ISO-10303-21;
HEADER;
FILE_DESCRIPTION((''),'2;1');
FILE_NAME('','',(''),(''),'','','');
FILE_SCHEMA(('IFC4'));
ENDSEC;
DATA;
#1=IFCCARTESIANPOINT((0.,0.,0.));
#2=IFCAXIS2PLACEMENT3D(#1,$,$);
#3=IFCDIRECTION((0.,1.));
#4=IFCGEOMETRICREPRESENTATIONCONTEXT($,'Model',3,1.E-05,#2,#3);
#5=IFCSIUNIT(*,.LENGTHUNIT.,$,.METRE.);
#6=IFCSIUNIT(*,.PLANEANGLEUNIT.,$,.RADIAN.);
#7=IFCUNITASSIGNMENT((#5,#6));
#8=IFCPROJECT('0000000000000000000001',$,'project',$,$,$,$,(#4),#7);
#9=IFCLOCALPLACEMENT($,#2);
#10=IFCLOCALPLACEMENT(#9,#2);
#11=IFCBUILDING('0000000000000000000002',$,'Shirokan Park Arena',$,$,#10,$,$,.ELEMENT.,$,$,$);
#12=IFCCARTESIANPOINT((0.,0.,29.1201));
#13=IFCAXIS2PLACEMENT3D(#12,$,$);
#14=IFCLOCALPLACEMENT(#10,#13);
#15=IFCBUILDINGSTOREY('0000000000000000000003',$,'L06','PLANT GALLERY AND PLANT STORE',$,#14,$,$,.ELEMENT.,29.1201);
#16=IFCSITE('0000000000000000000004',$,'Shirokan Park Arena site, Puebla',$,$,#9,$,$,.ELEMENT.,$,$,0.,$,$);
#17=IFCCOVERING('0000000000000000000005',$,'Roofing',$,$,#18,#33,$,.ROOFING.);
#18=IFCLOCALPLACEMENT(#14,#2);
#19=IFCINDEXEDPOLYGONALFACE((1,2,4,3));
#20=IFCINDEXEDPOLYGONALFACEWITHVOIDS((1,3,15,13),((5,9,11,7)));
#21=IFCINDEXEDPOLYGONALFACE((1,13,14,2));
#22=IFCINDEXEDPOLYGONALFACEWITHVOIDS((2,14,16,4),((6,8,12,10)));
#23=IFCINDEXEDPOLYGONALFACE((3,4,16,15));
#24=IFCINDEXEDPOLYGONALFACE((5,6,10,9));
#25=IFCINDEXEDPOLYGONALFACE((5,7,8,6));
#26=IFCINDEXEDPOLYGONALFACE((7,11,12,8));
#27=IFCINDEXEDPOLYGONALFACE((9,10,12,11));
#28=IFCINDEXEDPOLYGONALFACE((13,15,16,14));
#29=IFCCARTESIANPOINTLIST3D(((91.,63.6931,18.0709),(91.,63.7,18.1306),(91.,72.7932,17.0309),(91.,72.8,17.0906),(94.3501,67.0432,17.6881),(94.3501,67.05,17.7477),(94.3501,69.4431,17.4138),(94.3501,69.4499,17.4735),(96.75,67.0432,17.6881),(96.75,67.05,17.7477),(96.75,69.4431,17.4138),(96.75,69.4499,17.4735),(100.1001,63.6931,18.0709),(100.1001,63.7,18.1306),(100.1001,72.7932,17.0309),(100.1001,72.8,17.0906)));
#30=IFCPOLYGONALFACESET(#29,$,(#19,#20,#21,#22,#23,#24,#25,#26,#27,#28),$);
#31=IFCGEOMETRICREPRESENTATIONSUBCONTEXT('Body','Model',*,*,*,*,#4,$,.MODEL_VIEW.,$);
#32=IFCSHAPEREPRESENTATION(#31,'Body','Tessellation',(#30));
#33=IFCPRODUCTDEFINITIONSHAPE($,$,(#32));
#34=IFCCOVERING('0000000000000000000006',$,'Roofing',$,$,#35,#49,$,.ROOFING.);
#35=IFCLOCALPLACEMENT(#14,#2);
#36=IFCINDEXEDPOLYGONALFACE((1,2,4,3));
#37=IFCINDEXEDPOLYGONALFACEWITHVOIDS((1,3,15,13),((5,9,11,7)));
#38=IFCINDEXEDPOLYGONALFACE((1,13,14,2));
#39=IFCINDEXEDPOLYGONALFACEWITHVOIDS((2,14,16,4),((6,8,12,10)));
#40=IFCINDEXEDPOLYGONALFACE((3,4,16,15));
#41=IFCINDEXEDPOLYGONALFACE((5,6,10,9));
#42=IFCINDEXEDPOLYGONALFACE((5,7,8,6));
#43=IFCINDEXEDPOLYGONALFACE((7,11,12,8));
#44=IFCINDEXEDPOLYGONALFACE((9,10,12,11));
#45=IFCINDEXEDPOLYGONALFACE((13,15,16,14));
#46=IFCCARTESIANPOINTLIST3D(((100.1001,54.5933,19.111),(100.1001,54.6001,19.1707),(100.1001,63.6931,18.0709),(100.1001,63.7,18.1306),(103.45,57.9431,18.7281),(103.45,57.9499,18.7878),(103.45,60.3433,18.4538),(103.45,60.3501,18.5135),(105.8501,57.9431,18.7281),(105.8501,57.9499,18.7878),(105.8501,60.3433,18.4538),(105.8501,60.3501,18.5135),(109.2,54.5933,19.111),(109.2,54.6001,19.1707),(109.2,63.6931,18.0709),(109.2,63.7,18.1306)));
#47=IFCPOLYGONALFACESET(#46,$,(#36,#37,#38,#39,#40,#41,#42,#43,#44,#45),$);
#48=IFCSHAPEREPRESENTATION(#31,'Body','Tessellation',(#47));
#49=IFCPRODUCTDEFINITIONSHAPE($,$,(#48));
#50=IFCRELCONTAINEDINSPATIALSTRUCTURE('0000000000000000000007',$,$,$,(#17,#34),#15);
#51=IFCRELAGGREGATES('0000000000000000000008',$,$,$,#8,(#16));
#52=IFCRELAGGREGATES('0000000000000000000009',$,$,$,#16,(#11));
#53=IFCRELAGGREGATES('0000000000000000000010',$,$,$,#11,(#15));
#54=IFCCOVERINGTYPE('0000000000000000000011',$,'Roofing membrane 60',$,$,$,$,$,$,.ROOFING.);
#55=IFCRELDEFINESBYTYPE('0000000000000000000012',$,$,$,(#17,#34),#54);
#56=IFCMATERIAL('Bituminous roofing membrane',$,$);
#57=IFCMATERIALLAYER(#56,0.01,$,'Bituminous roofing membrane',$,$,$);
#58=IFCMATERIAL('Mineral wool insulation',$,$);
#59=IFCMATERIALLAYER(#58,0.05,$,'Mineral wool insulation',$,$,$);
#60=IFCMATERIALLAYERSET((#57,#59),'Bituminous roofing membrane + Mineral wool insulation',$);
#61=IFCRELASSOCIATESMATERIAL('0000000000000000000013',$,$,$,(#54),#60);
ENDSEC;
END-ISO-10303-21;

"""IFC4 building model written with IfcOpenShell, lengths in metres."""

from ifc_helpers import new_model, si_unit, direction, frame, origin, place, context, subcontext, project, spatial, polyline, outline, extrude, material, layer, layer_set, type_object, element, save


model = new_model("IFC4")

# Units and contexts
model_context = context("Model", 3, precision=1e-05, world=origin(), true_north=direction((0.0, 1.0)))
body_context = subcontext(model_context, "Body", "Model", "MODEL_VIEW")
ifc_project = project(units=[si_unit("LENGTHUNIT", "METRE"), si_unit("PLANEANGLEUNIT", "RADIAN")], contexts=[model_context])

# Site, building, storey
site_placement = place(None, origin())
site = spatial("IfcSite", under=ifc_project, at=site_placement, Name="Shirokan Park Arena site, Puebla", CompositionType="ELEMENT", RefElevation=0.0)
building_placement = place(site_placement, origin())
building = spatial("IfcBuilding", under=site, at=building_placement, Name="Shirokan Park Arena", CompositionType="ELEMENT")
storey_placement = place(building_placement, frame((0.0, 0.0, 29.1201)))
storey = spatial("IfcBuildingStorey", under=building, at=storey_placement, Name="L06", Description="PLANT GALLERY AND PLANT STORE", CompositionType="ELEMENT", Elevation=29.1201)

# Coverings
ifc_material_1 = material(Name="Bituminous roofing membrane")
ifc_layer_1 = layer(ifc_material_1, 0.01, Name="Bituminous roofing membrane")
ifc_material_2 = material(Name="Mineral wool insulation")
ifc_layer_2 = layer(ifc_material_2, 0.05, Name="Mineral wool insulation")
ifc_layer_set_1 = layer_set([ifc_layer_1, ifc_layer_2], Name="Bituminous roofing membrane + Mineral wool insulation")
covering_type_1 = type_object("IfcCoveringType", Name="Roofing membrane 60", PredefinedType="ROOFING", material=ifc_layer_set_1)
covering_1_placement = place(storey_placement, frame((91.0, 63.7, 18.1306), z_axis=(0.0, 0.11355, 0.993532), x_axis=(1.0, 0.0, 0.0)))
element("IfcCovering", 1, at=covering_1_placement, inside=storey, type_object=covering_type_1, Name="Roofing", PredefinedType="ROOFING", context=body_context, shape_type="SweptSolid", body=[
    extrude(outline(polyline([(0.0, 0.0), (9.1001, 0.0), (9.1001, 9.1593), (0.0, 9.1593), (0.0, 0.0)]), holes=[polyline([(5.75, 3.3719), (5.75, 5.7874), (3.3501, 5.7874), (3.3501, 3.3719), (5.75, 3.3719)])]), origin(), (0.0, 0.0, -1.0), 0.0601),
])
covering_2_placement = place(storey_placement, frame((100.1001, 54.6001, 19.1707), z_axis=(0.0, 0.113553, 0.993532), x_axis=(1.0, 0.0, 0.0)))
element("IfcCovering", 2, at=covering_2_placement, inside=storey, type_object=covering_type_1, Name="Roofing", PredefinedType="ROOFING", context=body_context, shape_type="SweptSolid", body=[
    extrude(outline(polyline([(0.0, 0.0), (9.0999, 0.0), (9.0999, 9.1591), (0.0, 9.1591), (0.0, 0.0)]), holes=[polyline([(5.75, 3.3717), (5.75, 5.7874), (3.3499, 5.7874), (3.3499, 3.3717), (5.75, 3.3717)])]), origin(), (0.0, 0.0, -1.0), 0.0601),
])

save(model, "model.ifc")
